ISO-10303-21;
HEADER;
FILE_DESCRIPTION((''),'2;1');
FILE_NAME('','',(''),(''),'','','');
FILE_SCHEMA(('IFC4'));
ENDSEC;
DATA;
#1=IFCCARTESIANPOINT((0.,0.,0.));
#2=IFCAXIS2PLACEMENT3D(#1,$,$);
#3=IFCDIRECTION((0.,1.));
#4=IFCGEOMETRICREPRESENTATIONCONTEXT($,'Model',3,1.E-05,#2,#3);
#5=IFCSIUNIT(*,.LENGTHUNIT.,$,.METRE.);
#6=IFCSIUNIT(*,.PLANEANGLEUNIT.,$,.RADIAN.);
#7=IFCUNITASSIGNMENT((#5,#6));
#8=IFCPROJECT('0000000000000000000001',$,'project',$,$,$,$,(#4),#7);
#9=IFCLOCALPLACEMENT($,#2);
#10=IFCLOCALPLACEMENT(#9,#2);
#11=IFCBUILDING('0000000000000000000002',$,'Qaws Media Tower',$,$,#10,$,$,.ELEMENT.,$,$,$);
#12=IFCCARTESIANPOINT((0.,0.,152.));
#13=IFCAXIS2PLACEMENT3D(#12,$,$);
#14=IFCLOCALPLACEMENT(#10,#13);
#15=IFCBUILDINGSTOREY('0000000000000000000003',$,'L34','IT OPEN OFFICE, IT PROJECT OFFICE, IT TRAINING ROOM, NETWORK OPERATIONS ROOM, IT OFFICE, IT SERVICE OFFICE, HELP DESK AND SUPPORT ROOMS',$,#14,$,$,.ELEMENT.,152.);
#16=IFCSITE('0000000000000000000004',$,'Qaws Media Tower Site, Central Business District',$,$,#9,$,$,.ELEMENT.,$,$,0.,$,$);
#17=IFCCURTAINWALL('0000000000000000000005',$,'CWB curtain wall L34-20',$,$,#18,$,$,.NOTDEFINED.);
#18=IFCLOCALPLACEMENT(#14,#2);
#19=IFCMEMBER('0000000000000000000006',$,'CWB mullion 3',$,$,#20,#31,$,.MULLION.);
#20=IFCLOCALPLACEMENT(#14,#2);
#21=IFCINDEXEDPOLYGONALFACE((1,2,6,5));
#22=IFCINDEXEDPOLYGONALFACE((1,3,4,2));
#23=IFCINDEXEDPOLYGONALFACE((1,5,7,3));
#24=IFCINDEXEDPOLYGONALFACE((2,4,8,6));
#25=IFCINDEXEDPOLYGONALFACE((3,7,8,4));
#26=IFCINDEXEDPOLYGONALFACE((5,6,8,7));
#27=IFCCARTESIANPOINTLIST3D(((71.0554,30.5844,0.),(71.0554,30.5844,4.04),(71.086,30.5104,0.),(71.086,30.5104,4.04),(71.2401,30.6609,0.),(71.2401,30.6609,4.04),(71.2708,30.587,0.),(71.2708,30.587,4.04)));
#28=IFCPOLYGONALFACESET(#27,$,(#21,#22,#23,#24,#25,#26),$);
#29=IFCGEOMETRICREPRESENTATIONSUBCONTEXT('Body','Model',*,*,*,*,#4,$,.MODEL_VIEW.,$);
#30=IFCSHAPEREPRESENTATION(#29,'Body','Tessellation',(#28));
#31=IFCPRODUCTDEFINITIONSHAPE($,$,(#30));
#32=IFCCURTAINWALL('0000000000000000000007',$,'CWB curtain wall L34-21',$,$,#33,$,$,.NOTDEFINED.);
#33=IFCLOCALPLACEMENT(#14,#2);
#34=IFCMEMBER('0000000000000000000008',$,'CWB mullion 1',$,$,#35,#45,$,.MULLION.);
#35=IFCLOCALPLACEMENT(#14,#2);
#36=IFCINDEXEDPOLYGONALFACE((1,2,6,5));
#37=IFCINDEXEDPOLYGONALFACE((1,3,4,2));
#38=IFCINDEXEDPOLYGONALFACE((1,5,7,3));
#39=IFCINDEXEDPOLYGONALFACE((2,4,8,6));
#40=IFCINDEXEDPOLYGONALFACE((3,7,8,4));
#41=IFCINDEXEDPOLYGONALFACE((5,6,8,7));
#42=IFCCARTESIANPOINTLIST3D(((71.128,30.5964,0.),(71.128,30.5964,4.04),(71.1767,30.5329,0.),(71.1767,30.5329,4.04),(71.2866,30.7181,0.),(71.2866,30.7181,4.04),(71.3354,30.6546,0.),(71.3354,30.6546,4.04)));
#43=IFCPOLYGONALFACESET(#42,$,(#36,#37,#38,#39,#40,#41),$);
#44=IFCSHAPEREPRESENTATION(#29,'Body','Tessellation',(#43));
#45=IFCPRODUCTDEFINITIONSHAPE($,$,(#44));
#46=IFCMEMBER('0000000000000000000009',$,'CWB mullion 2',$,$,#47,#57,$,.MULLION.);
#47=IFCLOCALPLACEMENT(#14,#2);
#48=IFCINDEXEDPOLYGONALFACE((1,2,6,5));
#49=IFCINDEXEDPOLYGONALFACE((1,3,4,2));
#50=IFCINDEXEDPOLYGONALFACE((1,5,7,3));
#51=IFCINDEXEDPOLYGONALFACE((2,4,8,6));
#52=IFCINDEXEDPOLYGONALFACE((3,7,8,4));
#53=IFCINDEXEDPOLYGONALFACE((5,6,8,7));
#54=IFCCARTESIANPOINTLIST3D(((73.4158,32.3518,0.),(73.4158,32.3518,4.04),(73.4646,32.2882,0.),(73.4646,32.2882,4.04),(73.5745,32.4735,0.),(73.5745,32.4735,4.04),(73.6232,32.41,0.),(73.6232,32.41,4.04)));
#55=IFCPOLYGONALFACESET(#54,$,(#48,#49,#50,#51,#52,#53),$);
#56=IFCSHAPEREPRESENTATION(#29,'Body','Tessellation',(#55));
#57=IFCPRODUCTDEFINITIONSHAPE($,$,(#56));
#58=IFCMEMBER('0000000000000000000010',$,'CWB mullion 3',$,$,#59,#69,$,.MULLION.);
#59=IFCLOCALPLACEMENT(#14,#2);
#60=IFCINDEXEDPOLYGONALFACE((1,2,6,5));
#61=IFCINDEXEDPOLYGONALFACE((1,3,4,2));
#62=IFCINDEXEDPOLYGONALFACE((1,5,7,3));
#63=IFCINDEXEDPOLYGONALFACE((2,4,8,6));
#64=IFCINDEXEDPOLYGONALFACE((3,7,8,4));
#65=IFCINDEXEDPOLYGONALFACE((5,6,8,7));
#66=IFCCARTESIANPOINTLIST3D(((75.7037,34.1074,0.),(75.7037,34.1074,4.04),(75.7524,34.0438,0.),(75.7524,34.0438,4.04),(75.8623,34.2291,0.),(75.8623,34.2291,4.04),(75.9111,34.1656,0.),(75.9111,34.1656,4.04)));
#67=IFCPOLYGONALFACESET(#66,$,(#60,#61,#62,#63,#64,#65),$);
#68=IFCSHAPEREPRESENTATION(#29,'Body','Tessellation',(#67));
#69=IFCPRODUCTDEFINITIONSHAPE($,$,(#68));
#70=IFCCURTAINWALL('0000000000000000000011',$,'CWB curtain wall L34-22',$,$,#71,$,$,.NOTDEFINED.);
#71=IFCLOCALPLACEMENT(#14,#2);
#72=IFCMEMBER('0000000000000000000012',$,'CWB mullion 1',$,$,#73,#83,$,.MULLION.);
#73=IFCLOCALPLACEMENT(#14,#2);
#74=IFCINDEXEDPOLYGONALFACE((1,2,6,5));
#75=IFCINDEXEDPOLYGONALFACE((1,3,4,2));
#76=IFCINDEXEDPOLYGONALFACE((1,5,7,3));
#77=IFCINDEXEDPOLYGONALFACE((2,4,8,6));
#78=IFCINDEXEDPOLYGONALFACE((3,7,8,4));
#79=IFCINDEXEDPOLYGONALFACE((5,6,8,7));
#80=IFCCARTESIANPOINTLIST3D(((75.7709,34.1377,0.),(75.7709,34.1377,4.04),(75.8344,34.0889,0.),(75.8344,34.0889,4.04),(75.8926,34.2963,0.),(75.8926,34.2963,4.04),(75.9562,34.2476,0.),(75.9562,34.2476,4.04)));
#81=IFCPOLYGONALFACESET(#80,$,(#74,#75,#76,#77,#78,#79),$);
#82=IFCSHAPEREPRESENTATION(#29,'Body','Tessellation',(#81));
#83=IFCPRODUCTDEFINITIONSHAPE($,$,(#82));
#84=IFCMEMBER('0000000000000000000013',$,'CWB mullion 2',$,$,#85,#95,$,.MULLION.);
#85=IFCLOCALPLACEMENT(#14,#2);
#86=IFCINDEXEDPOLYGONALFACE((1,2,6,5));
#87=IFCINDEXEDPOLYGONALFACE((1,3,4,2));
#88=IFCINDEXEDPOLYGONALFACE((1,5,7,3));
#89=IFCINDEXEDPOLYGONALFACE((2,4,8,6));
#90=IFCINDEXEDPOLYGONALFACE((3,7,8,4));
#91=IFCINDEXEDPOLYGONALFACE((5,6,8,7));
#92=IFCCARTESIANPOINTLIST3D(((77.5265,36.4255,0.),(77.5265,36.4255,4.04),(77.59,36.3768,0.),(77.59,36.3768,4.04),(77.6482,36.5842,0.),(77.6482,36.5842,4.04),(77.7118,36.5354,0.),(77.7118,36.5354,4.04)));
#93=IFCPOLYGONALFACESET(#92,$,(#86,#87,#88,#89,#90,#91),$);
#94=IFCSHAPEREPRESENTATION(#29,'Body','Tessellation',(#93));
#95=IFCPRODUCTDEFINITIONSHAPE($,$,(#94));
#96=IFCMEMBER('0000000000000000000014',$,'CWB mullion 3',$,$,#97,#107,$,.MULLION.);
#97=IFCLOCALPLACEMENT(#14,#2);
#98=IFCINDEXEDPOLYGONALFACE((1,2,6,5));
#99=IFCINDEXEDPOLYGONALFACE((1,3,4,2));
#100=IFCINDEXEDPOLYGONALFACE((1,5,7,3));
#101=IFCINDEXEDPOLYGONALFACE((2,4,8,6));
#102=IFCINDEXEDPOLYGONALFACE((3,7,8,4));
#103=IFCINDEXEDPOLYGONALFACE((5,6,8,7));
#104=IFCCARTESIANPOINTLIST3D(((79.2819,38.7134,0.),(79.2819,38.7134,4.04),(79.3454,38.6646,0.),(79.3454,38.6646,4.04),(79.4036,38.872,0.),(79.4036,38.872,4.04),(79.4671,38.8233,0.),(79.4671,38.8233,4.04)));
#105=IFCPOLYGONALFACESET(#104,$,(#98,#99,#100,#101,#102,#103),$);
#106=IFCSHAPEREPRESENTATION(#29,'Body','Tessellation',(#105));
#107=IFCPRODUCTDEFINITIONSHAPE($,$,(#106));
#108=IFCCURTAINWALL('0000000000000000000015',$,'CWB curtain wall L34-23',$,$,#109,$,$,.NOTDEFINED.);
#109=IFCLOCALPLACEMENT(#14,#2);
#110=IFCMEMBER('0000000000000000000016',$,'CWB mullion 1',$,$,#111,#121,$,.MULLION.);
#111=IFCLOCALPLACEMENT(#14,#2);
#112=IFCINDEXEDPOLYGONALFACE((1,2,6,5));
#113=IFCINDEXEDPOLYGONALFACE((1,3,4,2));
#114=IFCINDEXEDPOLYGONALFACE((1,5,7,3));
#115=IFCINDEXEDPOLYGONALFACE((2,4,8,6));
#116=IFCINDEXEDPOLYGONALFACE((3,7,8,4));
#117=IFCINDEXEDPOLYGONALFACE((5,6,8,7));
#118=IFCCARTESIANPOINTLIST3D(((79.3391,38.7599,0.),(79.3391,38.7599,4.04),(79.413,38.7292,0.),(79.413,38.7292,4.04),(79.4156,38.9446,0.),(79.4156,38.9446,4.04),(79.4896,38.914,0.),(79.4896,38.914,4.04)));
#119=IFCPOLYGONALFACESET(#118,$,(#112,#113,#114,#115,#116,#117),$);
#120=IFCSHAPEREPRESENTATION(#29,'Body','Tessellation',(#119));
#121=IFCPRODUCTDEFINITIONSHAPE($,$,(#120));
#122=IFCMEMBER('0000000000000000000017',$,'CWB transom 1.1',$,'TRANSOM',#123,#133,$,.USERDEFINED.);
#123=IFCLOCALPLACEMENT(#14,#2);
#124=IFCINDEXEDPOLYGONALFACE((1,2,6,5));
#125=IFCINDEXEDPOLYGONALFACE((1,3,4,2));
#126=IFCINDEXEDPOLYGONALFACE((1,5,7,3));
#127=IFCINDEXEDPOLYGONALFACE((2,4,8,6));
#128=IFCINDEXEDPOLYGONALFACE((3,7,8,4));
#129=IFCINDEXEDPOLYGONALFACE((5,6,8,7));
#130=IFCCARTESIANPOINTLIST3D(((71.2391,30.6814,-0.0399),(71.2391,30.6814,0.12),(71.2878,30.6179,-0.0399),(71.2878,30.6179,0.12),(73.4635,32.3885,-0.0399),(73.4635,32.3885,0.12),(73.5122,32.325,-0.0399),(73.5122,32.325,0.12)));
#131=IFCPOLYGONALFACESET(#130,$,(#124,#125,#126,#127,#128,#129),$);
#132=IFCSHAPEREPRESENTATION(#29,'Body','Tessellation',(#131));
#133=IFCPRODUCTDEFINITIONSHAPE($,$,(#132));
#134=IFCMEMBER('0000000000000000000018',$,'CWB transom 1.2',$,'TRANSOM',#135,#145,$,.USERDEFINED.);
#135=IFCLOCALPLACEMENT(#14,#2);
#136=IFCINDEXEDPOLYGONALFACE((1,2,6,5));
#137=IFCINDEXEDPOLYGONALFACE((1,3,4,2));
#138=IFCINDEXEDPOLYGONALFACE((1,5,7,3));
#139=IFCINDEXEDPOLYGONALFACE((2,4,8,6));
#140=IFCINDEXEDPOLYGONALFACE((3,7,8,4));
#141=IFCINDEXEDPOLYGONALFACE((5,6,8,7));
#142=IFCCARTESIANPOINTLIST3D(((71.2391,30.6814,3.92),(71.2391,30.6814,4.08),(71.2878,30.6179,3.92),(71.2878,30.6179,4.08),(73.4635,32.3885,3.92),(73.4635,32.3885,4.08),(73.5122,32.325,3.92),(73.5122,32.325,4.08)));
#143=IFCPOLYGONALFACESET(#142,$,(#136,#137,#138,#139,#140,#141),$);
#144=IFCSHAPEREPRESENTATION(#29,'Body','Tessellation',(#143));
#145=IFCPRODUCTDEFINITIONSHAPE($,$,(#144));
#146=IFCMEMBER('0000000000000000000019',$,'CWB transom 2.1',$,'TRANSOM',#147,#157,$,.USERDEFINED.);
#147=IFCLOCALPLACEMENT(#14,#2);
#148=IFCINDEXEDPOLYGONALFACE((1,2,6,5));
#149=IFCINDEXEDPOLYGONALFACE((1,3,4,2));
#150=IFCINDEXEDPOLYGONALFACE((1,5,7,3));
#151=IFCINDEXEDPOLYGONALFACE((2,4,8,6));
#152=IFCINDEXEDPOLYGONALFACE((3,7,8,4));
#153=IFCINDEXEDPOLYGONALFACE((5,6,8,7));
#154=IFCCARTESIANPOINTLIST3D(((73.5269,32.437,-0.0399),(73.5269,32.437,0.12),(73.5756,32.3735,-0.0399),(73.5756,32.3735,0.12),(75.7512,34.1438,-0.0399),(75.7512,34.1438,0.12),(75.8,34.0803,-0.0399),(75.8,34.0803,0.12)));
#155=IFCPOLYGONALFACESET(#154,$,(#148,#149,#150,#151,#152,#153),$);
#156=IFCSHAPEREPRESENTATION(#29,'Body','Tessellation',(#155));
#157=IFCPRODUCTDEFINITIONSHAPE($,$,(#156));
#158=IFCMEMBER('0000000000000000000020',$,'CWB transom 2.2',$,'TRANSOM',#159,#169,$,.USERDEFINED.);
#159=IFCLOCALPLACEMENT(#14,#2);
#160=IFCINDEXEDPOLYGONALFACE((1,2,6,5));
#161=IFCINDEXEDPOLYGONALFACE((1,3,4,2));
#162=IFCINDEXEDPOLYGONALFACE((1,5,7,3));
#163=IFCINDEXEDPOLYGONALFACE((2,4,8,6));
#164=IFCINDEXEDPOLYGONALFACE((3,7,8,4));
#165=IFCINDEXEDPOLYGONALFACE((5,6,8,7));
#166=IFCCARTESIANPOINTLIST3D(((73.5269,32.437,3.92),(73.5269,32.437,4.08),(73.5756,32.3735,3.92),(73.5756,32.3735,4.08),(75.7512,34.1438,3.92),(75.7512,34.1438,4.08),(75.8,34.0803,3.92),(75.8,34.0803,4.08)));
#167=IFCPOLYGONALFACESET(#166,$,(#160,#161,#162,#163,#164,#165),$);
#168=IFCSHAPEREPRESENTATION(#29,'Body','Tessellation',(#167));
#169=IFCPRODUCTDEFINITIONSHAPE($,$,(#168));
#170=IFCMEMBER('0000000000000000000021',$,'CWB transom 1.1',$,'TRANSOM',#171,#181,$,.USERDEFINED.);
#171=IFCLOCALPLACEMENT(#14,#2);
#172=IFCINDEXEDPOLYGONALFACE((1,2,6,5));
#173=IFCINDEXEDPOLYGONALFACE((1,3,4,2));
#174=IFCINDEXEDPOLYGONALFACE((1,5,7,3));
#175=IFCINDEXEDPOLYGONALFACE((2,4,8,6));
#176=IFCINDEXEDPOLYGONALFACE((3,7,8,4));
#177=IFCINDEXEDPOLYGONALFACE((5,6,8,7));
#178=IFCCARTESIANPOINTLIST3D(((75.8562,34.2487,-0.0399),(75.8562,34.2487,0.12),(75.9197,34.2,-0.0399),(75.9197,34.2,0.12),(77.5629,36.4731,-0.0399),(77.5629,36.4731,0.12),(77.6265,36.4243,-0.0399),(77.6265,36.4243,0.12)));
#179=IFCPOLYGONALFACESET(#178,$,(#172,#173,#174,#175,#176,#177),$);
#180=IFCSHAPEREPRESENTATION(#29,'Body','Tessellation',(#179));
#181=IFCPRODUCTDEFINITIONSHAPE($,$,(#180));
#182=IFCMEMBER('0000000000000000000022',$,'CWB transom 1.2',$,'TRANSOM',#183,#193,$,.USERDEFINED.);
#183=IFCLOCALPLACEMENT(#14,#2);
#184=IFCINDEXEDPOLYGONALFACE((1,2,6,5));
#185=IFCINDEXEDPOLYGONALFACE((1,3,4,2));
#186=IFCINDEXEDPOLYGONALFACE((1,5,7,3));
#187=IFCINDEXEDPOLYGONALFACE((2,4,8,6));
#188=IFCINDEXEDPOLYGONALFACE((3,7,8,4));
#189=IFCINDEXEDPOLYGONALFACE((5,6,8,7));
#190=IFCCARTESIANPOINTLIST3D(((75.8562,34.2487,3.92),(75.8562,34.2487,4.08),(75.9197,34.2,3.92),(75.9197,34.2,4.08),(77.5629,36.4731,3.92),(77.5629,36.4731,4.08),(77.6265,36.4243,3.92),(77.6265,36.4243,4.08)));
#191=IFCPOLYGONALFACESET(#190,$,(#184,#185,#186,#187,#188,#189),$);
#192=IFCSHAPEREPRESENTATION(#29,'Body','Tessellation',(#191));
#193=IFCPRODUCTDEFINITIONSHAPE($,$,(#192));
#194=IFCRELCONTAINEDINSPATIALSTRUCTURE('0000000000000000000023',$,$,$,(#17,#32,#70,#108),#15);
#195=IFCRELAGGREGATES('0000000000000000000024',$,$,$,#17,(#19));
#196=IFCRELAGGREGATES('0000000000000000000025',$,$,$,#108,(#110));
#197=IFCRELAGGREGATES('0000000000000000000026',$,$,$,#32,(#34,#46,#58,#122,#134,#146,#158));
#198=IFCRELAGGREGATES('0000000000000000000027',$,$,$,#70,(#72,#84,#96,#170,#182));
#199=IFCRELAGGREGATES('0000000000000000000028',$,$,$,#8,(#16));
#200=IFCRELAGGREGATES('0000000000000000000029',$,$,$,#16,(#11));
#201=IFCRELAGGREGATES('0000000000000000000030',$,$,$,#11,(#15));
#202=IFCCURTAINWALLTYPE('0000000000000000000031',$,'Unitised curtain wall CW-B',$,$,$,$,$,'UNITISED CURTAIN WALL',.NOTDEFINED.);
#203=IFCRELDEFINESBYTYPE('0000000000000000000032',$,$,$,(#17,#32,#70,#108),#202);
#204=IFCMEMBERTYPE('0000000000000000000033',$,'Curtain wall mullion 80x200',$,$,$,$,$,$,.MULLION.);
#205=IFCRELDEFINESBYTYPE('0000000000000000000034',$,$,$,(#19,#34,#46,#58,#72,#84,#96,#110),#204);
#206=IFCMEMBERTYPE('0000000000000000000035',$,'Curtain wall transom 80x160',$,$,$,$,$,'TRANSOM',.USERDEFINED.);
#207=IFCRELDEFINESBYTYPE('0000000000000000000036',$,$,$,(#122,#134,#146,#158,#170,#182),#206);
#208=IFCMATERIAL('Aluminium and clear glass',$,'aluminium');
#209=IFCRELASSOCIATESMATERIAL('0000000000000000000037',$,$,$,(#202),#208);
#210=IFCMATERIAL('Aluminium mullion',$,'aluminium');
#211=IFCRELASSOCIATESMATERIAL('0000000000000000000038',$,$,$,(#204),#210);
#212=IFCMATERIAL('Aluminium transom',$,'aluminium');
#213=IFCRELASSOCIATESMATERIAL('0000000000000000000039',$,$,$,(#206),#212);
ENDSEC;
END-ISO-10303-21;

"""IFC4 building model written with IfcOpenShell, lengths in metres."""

from ifc_helpers import new_model, si_unit, direction, frame, origin, origin_2d, place, context, subcontext, project, spatial, rectangle, extrude, material, material_profile, profile_set, type_object, element, aggregate, save


model = new_model("IFC4")

# Units and contexts
model_context = context("Model", 3, precision=1e-05, world=origin(), true_north=direction((0.0, 1.0)))
body_context = subcontext(model_context, "Body", "Model", "MODEL_VIEW")
ifc_project = project(units=[si_unit("LENGTHUNIT", "METRE"), si_unit("PLANEANGLEUNIT", "RADIAN")], contexts=[model_context])

# Site, building, storey
site_placement = place(None, origin())
site = spatial("IfcSite", under=ifc_project, at=site_placement, Name="Qaws Media Tower Site, Central Business District", CompositionType="ELEMENT", RefElevation=0.0)
building_placement = place(site_placement, origin())
building = spatial("IfcBuilding", under=site, at=building_placement, Name="Qaws Media Tower", CompositionType="ELEMENT")
storey_placement = place(building_placement, frame((0.0, 0.0, 152.0)))
storey = spatial("IfcBuildingStorey", under=building, at=storey_placement, Name="L34", Description="IT OPEN OFFICE, IT PROJECT OFFICE, IT TRAINING ROOM, NETWORK OPERATIONS ROOM, IT OFFICE, IT SERVICE OFFICE, HELP DESK AND SUPPORT ROOMS", CompositionType="ELEMENT", Elevation=152.0)

# Curtain wall, member
ifc_material_1 = material(Name="Aluminium and clear glass", Category="aluminium")
curtain_wall_type = type_object("IfcCurtainWallType", Name="Unitised curtain wall CW-B", ElementType="UNITISED CURTAIN WALL", PredefinedType="NOTDEFINED", material=ifc_material_1)
curtain_wall_1_placement = place(storey_placement, origin())
curtain_wall_1 = element("IfcCurtainWall", 1, at=curtain_wall_1_placement, inside=storey, type_object=curtain_wall_type, Name="CWB curtain wall L34-20", PredefinedType="NOTDEFINED")
ifc_material_2 = material(Name="Aluminium mullion", Category="aluminium")
ifc_material_profile_1 = material_profile(ifc_material_2, rectangle(XDim=0.0801, YDim=0.2, at=origin_2d()), Name="80x200")
ifc_profile_set_1 = profile_set([ifc_material_profile_1], Name="Aluminium mullion")
member_type_1 = type_object("IfcMemberType", Name="Curtain wall mullion 80x200", PredefinedType="MULLION", material=ifc_profile_set_1)
member_1_placement = place(storey_placement, frame((71.1631, 30.5857, 0.0), z_axis=(0.0, 0.0, 1.0), x_axis=(-0.382684, 0.923879, 0.0)))
member_1 = element("IfcMember", 2, at=member_1_placement, type_object=member_type_1, Name="CWB mullion 3", PredefinedType="MULLION", context=body_context, shape_type="SweptSolid", body=[
    extrude(rectangle(XDim=0.0801, YDim=0.2, at=origin_2d()), origin(), (0.0, 0.0, 1.0), 4.04),
])
aggregate(curtain_wall_1, [member_1])

# Curtain walls, members
curtain_wall_2_placement = place(storey_placement, origin())
curtain_wall_2 = element("IfcCurtainWall", 3, at=curtain_wall_2_placement, inside=storey, type_object=curtain_wall_type, Name="CWB curtain wall L34-21", PredefinedType="NOTDEFINED")
member_2_placement = place(storey_placement, frame((71.2317, 30.6255, 0.0), z_axis=(0.0, 0.0, 1.0), x_axis=(-0.608761, 0.793353, 0.0)))
member_2 = element("IfcMember", 4, at=member_2_placement, type_object=member_type_1, Name="CWB mullion 1", PredefinedType="MULLION", context=body_context, shape_type="SweptSolid", body=[
    extrude(rectangle(XDim=0.0801, YDim=0.2, at=origin_2d()), origin(), (0.0, 0.0, 1.0), 4.04),
])
member_3_placement = place(storey_placement, frame((73.5195, 32.3809, 0.0), z_axis=(0.0, 0.0, 1.0), x_axis=(-0.608761, 0.793353, 0.0)))
member_3 = element("IfcMember", 5, at=member_3_placement, type_object=member_type_1, Name="CWB mullion 2", PredefinedType="MULLION", context=body_context, shape_type="SweptSolid", body=[
    extrude(rectangle(XDim=0.0801, YDim=0.2, at=origin_2d()), origin(), (0.0, 0.0, 1.0), 4.04),
])
member_4_placement = place(storey_placement, frame((75.8074, 34.1365, 0.0), z_axis=(0.0, 0.0, 1.0), x_axis=(-0.608761, 0.793353, 0.0)))
member_4 = element("IfcMember", 6, at=member_4_placement, type_object=member_type_1, Name="CWB mullion 3", PredefinedType="MULLION", context=body_context, shape_type="SweptSolid", body=[
    extrude(rectangle(XDim=0.0801, YDim=0.2, at=origin_2d()), origin(), (0.0, 0.0, 1.0), 4.04),
])
curtain_wall_3_placement = place(storey_placement, origin())
curtain_wall_3 = element("IfcCurtainWall", 7, at=curtain_wall_3_placement, inside=storey, type_object=curtain_wall_type, Name="CWB curtain wall L34-22", PredefinedType="NOTDEFINED")
member_5_placement = place(storey_placement, frame((75.8635, 34.1926, 0.0), z_axis=(0.0, 0.0, 1.0), x_axis=(-0.793353, 0.608761, 0.0)))
member_5 = element("IfcMember", 8, at=member_5_placement, type_object=member_type_1, Name="CWB mullion 1", PredefinedType="MULLION", context=body_context, shape_type="SweptSolid", body=[
    extrude(rectangle(XDim=0.0801, YDim=0.2, at=origin_2d()), origin(), (0.0, 0.0, 1.0), 4.04),
])
member_6_placement = place(storey_placement, frame((77.6191, 36.4805, 0.0), z_axis=(0.0, 0.0, 1.0), x_axis=(-0.793353, 0.608761, 0.0)))
member_6 = element("IfcMember", 9, at=member_6_placement, type_object=member_type_1, Name="CWB mullion 2", PredefinedType="MULLION", context=body_context, shape_type="SweptSolid", body=[
    extrude(rectangle(XDim=0.0801, YDim=0.2, at=origin_2d()), origin(), (0.0, 0.0, 1.0), 4.04),
])
member_7_placement = place(storey_placement, frame((79.3745, 38.7683, 0.0), z_axis=(0.0, 0.0, 1.0), x_axis=(-0.793353, 0.608761, 0.0)))
member_7 = element("IfcMember", 10, at=member_7_placement, type_object=member_type_1, Name="CWB mullion 3", PredefinedType="MULLION", context=body_context, shape_type="SweptSolid", body=[
    extrude(rectangle(XDim=0.0801, YDim=0.2, at=origin_2d()), origin(), (0.0, 0.0, 1.0), 4.04),
])

# Curtain wall, member
curtain_wall_4_placement = place(storey_placement, origin())
curtain_wall_4 = element("IfcCurtainWall", 11, at=curtain_wall_4_placement, inside=storey, type_object=curtain_wall_type, Name="CWB curtain wall L34-23", PredefinedType="NOTDEFINED")
member_8_placement = place(storey_placement, frame((79.4143, 38.8369, 0.0), z_axis=(0.0, 0.0, 1.0), x_axis=(-0.923879, 0.382684, 0.0)))
member_8 = element("IfcMember", 12, at=member_8_placement, type_object=member_type_1, Name="CWB mullion 1", PredefinedType="MULLION", context=body_context, shape_type="SweptSolid", body=[
    extrude(rectangle(XDim=0.0801, YDim=0.2, at=origin_2d()), origin(), (0.0, 0.0, 1.0), 4.04),
])
aggregate(curtain_wall_4, [member_8])

# Members
ifc_material_3 = material(Name="Aluminium transom", Category="aluminium")
ifc_material_profile_2 = material_profile(ifc_material_3, rectangle(XDim=0.0801, YDim=0.1599, at=origin_2d()), Name="80x160")
ifc_profile_set_2 = profile_set([ifc_material_profile_2], Name="Aluminium transom")
member_type_2 = type_object("IfcMemberType", Name="Curtain wall transom 80x160", ElementType="TRANSOM", PredefinedType="USERDEFINED", material=ifc_profile_set_2)
member_9_placement = place(storey_placement, frame((71.2634, 30.6497, 0.04), z_axis=(0.793316, 0.60881, 0.0), x_axis=(-0.60881, 0.793316, 0.0)))
member_9 = element("IfcMember", 13, at=member_9_placement, type_object=member_type_2, Name="CWB transom 1.1", ObjectType="TRANSOM", PredefinedType="USERDEFINED", context=body_context, shape_type="SweptSolid", body=[
    extrude(rectangle(XDim=0.0801, YDim=0.1599, at=origin_2d()), origin(), (0.0, 0.0, 1.0), 2.804),
])
member_10_placement = place(storey_placement, frame((71.2634, 30.6497, 4.0), z_axis=(0.793316, 0.60881, 0.0), x_axis=(-0.60881, 0.793316, 0.0)))
member_10 = element("IfcMember", 14, at=member_10_placement, type_object=member_type_2, Name="CWB transom 1.2", ObjectType="TRANSOM", PredefinedType="USERDEFINED", context=body_context, shape_type="SweptSolid", body=[
    extrude(rectangle(XDim=0.0801, YDim=0.1599, at=origin_2d()), origin(), (0.0, 0.0, 1.0), 2.804),
])
member_11_placement = place(storey_placement, frame((73.5513, 32.4053, 0.04), z_axis=(0.793358, 0.608755, 0.0), x_axis=(-0.608755, 0.793358, 0.0)))
member_11 = element("IfcMember", 15, at=member_11_placement, type_object=member_type_2, Name="CWB transom 2.1", ObjectType="TRANSOM", PredefinedType="USERDEFINED", context=body_context, shape_type="SweptSolid", body=[
    extrude(rectangle(XDim=0.0801, YDim=0.1599, at=origin_2d()), origin(), (0.0, 0.0, 1.0), 2.8037),
])
member_12_placement = place(storey_placement, frame((73.5513, 32.4053, 4.0), z_axis=(0.793358, 0.608755, 0.0), x_axis=(-0.608755, 0.793358, 0.0)))
member_12 = element("IfcMember", 16, at=member_12_placement, type_object=member_type_2, Name="CWB transom 2.2", ObjectType="TRANSOM", PredefinedType="USERDEFINED", context=body_context, shape_type="SweptSolid", body=[
    extrude(rectangle(XDim=0.0801, YDim=0.1599, at=origin_2d()), origin(), (0.0, 0.0, 1.0), 2.8037),
])
member_13_placement = place(storey_placement, frame((75.8879, 34.2244, 0.04), z_axis=(0.608755, 0.793358, 0.0), x_axis=(-0.793358, 0.608755, 0.0)))
member_13 = element("IfcMember", 17, at=member_13_placement, type_object=member_type_2, Name="CWB transom 1.1", ObjectType="TRANSOM", PredefinedType="USERDEFINED", context=body_context, shape_type="SweptSolid", body=[
    extrude(rectangle(XDim=0.0801, YDim=0.1599, at=origin_2d()), origin(), (0.0, 0.0, 1.0), 2.8037),
])
member_14_placement = place(storey_placement, frame((75.8879, 34.2244, 4.0), z_axis=(0.608755, 0.793358, 0.0), x_axis=(-0.793358, 0.608755, 0.0)))
member_14 = element("IfcMember", 18, at=member_14_placement, type_object=member_type_2, Name="CWB transom 1.2", ObjectType="TRANSOM", PredefinedType="USERDEFINED", context=body_context, shape_type="SweptSolid", body=[
    extrude(rectangle(XDim=0.0801, YDim=0.1599, at=origin_2d()), origin(), (0.0, 0.0, 1.0), 2.8037),
])

aggregate(curtain_wall_2, [member_2, member_3, member_4, member_9, member_10, member_11, member_12])
aggregate(curtain_wall_3, [member_5, member_6, member_7, member_13, member_14])

save(model, "model.ifc")
